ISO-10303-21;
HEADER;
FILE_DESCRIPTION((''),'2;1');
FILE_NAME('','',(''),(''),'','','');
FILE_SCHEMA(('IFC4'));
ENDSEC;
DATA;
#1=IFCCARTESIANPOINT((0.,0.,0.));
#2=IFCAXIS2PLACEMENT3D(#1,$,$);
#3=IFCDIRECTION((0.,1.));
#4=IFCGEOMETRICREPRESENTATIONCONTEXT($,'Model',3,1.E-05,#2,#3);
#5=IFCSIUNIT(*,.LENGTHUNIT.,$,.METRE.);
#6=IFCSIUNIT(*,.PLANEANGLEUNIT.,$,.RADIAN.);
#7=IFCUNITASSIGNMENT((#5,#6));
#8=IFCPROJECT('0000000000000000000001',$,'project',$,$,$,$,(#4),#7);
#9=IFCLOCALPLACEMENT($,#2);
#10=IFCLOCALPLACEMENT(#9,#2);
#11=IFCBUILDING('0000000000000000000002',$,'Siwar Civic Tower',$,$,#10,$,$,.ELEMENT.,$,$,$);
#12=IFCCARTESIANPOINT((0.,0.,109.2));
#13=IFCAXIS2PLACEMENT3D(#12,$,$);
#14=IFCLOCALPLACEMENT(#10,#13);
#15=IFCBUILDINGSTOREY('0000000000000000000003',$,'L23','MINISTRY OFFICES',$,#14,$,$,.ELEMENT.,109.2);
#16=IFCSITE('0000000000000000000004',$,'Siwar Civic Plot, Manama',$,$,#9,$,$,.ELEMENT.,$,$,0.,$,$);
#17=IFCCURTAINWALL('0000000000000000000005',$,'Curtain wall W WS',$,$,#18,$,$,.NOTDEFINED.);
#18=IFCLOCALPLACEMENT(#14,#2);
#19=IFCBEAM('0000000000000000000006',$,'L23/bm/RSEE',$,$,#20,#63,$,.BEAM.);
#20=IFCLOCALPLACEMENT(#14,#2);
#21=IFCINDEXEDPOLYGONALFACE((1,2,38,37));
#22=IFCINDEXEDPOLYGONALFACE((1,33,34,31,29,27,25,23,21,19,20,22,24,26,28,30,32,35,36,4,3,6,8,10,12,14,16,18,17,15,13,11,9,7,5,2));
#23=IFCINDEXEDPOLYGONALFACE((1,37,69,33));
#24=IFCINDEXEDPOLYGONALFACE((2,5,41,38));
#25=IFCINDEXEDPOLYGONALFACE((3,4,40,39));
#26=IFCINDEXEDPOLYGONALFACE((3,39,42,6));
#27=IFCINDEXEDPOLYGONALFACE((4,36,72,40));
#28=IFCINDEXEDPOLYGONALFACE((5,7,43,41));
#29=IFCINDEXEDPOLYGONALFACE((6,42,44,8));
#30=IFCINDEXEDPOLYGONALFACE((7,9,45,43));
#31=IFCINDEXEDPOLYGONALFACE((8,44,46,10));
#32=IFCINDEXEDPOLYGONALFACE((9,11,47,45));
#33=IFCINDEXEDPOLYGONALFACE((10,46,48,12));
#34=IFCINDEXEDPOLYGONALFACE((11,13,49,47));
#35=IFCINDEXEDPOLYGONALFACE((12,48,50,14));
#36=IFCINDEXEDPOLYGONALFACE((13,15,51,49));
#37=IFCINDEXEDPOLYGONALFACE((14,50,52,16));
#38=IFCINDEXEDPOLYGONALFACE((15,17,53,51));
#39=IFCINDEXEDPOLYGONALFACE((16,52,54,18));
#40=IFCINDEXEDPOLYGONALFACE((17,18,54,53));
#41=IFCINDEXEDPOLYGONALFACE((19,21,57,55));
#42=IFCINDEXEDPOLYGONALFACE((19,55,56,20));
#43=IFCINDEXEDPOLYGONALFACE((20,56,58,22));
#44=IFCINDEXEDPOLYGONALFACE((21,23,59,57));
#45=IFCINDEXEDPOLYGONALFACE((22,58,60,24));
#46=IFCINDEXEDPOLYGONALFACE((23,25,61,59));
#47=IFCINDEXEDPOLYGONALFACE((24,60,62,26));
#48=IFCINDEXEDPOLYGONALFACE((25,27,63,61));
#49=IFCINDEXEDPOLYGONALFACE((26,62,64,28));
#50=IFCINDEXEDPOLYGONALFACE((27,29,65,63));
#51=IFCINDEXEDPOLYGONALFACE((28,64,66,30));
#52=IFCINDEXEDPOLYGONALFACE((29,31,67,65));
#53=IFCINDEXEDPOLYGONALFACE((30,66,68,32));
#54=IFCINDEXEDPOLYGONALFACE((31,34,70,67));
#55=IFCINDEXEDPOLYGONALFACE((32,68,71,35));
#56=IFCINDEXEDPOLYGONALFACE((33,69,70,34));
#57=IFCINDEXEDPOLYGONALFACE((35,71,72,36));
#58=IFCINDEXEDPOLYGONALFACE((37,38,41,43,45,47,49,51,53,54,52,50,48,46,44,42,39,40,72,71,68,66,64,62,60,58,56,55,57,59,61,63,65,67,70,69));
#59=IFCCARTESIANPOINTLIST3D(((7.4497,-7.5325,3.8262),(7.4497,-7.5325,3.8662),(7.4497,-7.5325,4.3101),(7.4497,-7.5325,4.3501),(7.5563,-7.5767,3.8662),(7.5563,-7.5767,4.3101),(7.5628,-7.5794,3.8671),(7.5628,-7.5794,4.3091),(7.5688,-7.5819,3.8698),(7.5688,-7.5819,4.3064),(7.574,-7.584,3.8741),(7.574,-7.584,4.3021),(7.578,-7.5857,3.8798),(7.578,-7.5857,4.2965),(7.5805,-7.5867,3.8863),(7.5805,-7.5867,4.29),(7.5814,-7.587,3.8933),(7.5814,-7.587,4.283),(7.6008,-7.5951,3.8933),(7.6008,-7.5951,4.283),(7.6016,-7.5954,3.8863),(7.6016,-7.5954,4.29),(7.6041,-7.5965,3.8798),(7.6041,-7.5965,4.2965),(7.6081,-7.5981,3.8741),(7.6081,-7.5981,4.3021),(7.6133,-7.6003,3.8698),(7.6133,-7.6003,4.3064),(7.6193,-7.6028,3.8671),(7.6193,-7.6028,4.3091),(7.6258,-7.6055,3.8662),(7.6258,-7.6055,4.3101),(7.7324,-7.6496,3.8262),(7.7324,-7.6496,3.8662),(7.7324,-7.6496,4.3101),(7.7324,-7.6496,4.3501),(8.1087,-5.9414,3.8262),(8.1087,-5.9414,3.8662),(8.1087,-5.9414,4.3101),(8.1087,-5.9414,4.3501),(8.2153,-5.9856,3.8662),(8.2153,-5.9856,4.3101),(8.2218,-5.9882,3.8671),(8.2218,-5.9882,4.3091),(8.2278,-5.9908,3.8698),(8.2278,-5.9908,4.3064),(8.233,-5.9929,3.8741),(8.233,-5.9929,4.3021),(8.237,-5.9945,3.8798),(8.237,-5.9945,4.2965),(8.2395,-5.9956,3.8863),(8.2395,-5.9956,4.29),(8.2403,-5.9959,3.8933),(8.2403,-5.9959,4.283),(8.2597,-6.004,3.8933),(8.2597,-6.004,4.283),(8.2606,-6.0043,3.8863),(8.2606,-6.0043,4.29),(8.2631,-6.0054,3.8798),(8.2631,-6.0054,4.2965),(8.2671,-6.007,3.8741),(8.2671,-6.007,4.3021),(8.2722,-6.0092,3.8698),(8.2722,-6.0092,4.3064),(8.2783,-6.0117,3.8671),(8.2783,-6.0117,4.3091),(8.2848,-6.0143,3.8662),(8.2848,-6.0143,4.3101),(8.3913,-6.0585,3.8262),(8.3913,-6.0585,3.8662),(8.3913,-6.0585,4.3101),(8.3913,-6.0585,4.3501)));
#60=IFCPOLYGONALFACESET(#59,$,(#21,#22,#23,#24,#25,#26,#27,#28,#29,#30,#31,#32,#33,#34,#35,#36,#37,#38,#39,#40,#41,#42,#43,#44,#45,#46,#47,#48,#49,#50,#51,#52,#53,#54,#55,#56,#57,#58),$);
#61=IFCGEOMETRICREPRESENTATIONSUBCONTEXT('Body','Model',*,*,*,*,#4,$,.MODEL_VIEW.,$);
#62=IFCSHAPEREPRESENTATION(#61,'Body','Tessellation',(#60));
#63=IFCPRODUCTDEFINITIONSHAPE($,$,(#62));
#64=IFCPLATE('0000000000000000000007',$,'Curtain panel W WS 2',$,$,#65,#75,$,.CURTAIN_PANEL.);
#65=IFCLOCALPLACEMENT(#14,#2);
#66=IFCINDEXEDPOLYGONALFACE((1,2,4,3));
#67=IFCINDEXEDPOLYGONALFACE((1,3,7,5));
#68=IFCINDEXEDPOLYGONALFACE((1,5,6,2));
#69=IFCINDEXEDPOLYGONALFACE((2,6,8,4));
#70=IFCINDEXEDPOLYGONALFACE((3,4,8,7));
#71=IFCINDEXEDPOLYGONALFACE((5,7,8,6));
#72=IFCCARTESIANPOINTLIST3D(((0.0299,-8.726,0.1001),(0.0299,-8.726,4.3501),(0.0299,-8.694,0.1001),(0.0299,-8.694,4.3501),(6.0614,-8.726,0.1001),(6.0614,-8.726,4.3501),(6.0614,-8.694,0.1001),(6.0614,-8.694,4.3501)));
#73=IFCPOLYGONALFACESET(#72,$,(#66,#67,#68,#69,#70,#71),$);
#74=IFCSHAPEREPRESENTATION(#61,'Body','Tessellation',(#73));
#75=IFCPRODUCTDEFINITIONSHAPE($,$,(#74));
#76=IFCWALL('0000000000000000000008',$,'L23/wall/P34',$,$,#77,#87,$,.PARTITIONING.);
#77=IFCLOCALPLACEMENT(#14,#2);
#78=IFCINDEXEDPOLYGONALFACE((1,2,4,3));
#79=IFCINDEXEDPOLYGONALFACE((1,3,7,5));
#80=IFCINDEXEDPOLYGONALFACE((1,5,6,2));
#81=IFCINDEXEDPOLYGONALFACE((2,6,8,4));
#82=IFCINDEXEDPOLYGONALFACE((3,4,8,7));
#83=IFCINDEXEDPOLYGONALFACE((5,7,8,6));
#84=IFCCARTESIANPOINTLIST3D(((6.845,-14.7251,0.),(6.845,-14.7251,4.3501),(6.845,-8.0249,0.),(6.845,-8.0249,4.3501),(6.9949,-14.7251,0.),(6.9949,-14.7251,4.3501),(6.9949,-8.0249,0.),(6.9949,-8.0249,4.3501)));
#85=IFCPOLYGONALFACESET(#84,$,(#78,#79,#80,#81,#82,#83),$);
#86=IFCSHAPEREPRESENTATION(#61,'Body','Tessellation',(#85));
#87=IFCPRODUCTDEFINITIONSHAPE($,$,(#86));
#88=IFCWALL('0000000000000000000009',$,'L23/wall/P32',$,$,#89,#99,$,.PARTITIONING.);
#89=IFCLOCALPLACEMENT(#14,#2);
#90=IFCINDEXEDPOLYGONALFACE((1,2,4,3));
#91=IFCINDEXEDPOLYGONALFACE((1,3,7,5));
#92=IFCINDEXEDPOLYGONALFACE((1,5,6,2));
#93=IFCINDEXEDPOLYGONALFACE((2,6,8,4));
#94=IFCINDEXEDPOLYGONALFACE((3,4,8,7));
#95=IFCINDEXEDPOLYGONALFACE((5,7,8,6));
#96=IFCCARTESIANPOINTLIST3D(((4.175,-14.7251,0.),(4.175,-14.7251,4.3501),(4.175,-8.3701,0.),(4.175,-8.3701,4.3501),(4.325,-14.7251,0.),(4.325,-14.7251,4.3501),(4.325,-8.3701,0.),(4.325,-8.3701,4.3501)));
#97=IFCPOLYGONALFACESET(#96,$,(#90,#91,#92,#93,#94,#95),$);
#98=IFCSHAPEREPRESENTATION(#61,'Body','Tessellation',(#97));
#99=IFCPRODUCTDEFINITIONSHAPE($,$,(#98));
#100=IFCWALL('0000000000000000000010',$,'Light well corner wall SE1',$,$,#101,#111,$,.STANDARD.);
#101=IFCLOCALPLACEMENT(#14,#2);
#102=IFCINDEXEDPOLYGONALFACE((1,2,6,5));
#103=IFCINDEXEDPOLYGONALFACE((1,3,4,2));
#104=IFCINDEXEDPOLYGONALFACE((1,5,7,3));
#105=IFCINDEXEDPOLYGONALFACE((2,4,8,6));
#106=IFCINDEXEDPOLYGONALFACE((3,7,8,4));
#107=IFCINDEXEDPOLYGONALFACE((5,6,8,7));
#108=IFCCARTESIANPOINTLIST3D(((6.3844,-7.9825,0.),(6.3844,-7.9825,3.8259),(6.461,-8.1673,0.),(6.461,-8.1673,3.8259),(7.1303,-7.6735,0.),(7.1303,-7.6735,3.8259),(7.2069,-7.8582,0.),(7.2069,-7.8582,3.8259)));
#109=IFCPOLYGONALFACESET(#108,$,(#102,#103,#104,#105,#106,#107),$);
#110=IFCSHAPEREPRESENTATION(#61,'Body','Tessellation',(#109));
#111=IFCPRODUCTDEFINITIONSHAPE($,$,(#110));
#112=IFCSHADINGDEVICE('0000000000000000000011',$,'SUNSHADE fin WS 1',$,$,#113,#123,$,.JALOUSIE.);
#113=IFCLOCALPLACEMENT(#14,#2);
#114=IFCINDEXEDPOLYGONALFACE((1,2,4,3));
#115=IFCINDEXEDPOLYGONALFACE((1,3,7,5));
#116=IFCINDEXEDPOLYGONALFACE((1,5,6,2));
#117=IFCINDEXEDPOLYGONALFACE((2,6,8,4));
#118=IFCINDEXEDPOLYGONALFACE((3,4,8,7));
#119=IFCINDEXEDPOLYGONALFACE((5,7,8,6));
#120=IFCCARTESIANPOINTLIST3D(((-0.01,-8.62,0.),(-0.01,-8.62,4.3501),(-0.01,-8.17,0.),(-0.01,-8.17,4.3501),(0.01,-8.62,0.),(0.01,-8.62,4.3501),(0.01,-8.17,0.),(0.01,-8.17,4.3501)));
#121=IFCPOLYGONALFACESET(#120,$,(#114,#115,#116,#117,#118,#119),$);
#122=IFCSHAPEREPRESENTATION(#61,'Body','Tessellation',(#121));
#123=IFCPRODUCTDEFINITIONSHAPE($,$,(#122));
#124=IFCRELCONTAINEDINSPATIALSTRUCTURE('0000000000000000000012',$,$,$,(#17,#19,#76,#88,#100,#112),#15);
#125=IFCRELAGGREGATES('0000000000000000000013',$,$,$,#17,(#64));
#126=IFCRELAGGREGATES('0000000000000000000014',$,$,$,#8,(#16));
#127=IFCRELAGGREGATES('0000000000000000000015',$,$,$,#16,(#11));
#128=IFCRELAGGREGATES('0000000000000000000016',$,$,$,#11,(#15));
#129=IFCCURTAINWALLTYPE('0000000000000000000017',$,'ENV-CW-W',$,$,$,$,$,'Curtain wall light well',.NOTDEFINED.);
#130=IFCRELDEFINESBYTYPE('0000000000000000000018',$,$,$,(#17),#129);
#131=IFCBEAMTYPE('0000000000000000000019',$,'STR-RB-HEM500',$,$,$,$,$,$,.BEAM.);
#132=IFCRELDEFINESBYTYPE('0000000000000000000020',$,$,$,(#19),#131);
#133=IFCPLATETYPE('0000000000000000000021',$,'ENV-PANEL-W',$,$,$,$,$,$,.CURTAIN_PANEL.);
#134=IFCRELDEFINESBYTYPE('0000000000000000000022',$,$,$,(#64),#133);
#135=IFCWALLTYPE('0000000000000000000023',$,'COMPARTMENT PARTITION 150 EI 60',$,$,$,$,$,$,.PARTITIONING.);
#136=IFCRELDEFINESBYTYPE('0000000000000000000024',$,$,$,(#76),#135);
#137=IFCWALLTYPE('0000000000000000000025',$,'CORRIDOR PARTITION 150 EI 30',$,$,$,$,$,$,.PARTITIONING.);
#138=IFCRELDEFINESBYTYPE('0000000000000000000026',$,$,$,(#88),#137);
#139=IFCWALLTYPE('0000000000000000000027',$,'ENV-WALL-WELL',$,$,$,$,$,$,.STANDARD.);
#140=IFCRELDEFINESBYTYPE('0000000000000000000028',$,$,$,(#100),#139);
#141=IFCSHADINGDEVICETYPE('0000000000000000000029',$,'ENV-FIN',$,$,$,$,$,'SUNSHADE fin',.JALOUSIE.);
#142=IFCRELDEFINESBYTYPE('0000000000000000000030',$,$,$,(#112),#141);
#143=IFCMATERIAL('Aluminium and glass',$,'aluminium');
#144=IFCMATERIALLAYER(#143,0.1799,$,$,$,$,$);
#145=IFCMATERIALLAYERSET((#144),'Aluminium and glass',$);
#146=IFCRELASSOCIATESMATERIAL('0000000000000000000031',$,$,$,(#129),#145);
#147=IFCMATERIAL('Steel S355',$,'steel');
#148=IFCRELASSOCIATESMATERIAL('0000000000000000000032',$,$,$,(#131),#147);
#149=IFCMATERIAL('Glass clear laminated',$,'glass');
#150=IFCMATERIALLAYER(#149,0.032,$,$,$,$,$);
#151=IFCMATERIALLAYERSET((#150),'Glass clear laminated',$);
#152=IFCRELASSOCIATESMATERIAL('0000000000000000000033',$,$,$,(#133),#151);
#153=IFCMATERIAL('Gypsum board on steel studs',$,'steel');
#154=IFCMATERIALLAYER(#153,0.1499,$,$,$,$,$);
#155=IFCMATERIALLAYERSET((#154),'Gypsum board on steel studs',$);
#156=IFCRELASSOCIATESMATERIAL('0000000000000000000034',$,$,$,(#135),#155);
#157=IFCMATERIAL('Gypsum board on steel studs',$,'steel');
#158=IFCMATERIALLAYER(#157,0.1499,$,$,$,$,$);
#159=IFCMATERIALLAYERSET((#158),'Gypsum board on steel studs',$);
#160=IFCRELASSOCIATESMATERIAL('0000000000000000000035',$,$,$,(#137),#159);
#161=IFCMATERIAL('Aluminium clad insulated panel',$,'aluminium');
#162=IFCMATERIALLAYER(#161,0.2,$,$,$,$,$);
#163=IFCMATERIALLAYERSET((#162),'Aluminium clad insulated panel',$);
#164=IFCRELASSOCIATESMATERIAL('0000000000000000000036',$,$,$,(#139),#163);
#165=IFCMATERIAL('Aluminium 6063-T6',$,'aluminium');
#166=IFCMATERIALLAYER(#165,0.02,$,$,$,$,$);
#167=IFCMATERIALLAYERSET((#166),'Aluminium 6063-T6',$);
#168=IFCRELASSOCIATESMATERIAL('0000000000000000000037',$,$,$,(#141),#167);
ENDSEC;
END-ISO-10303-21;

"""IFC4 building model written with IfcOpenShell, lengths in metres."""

from ifc_helpers import new_model, si_unit, direction, frame, frame_2d, origin, origin_2d, place, context, subcontext, project, spatial, rectangle, i_section, extrude, material, layer, layer_set, material_profile, profile_set, type_object, element, aggregate, save


model = new_model("IFC4")

# Units and contexts
model_context = context("Model", 3, precision=1e-05, world=origin(), true_north=direction((0.0, 1.0)))
body_context = subcontext(model_context, "Body", "Model", "MODEL_VIEW")
ifc_project = project(units=[si_unit("LENGTHUNIT", "METRE"), si_unit("PLANEANGLEUNIT", "RADIAN")], contexts=[model_context])

# Site, building, storey
site_placement = place(None, origin())
site = spatial("IfcSite", under=ifc_project, at=site_placement, Name="Siwar Civic Plot, Manama", CompositionType="ELEMENT", RefElevation=0.0)
building_placement = place(site_placement, origin())
building = spatial("IfcBuilding", under=site, at=building_placement, Name="Siwar Civic Tower", CompositionType="ELEMENT")
storey_placement = place(building_placement, frame((0.0, 0.0, 109.2)))
storey = spatial("IfcBuildingStorey", under=building, at=storey_placement, Name="L23", Description="MINISTRY OFFICES", CompositionType="ELEMENT", Elevation=109.2)

# Curtain wall
ifc_material_1 = material(Name="Aluminium and glass", Category="aluminium")
ifc_layer_1 = layer(ifc_material_1, 0.1799)
ifc_layer_set_1 = layer_set([ifc_layer_1], Name="Aluminium and glass")
curtain_wall_type = type_object("IfcCurtainWallType", Name="ENV-CW-W", ElementType="Curtain wall light well", PredefinedType="NOTDEFINED", material=ifc_layer_set_1)
curtain_wall_placement = place(storey_placement, origin())
curtain_wall = element("IfcCurtainWall", 1, at=curtain_wall_placement, inside=storey, type_object=curtain_wall_type, Name="Curtain wall W WS", PredefinedType="NOTDEFINED")

# Beam
ifc_material_2 = material(Name="Steel S355", Category="steel")
ifc_material_profile_1 = material_profile(ifc_material_2, i_section(OverallWidth=0.3059, OverallDepth=0.5239, WebThickness=0.021, FlangeThickness=0.04, FilletRadius=0.0271, at=origin_2d()), Name="HEM500")
ifc_profile_set_1 = profile_set([ifc_material_profile_1], Name="Steel S355")
beam_type_1 = type_object("IfcBeamType", Name="STR-RB-HEM500", PredefinedType="BEAM", material=ifc_profile_set_1)
for number, where, z_axis, x_axis, name in (
    (2, (7.5911, -7.5911, 4.0881), (0.382631, 0.923901, 0.0), (-0.923901, 0.382631, 0.0), "L23/bm/RSEE"),
):
    element("IfcBeam", number, at=place(storey_placement, frame(where, z_axis=z_axis, x_axis=x_axis)), inside=storey, type_object=beam_type_1, Name=name, PredefinedType="BEAM", context=body_context, shape_type="SweptSolid", body=[
        extrude(i_section(OverallWidth=0.3059, OverallDepth=0.5239, WebThickness=0.021, FlangeThickness=0.04, FilletRadius=0.0271, at=origin_2d()), origin(), (0.0, 0.0, 1.0), 1.7222),
    ])

# Plate
ifc_material_3 = material(Name="Glass clear laminated", Category="glass")
ifc_layer_2 = layer(ifc_material_3, 0.032)
ifc_layer_set_2 = layer_set([ifc_layer_2], Name="Glass clear laminated")
plate_type = type_object("IfcPlateType", Name="ENV-PANEL-W", PredefinedType="CURTAIN_PANEL", material=ifc_layer_set_2)
plate_placement = place(storey_placement, frame((3.0457, -8.71, 0.1001), z_axis=(0.0, 0.0, 1.0), x_axis=(1.0, 0.0, 0.0)))
plate = element("IfcPlate", 3, at=plate_placement, type_object=plate_type, Name="Curtain panel W WS 2", PredefinedType="CURTAIN_PANEL", context=body_context, shape_type="SweptSolid", body=[
    extrude(rectangle(XDim=6.0315, YDim=0.032, at=origin_2d()), origin(), (0.0, 0.0, 1.0), 4.25),
])
aggregate(curtain_wall, [plate])

# Walls
ifc_material_4 = material(Name="Gypsum board on steel studs", Category="steel")
ifc_layer_3 = layer(ifc_material_4, 0.1499)
ifc_layer_set_3 = layer_set([ifc_layer_3], Name="Gypsum board on steel studs")
wall_type_1 = type_object("IfcWallType", Name="COMPARTMENT PARTITION 150 EI 60", PredefinedType="PARTITIONING", material=ifc_layer_set_3)
wall_1_placement = place(storey_placement, frame((6.9199, -14.7251, 0.0), z_axis=(0.0, 0.0, 1.0), x_axis=(0.0, 1.0, 0.0)))
element("IfcWall", 4, at=wall_1_placement, inside=storey, type_object=wall_type_1, Name="L23/wall/P34", PredefinedType="PARTITIONING", context=body_context, shape_type="SweptSolid", body=[
    extrude(rectangle(XDim=6.7002, YDim=0.1499, at=frame_2d((3.3501, 0.0))), origin(), (0.0, 0.0, 1.0), 4.3501),
])
ifc_material_5 = material(Name="Gypsum board on steel studs", Category="steel")
ifc_layer_4 = layer(ifc_material_5, 0.1499)
ifc_layer_set_4 = layer_set([ifc_layer_4], Name="Gypsum board on steel studs")
wall_type_2 = type_object("IfcWallType", Name="CORRIDOR PARTITION 150 EI 30", PredefinedType="PARTITIONING", material=ifc_layer_set_4)
wall_2_placement = place(storey_placement, frame((4.25, -14.7251, 0.0), z_axis=(0.0, 0.0, 1.0), x_axis=(0.0, 1.0, 0.0)))
element("IfcWall", 5, at=wall_2_placement, inside=storey, type_object=wall_type_2, Name="L23/wall/P32", PredefinedType="PARTITIONING", context=body_context, shape_type="SweptSolid", body=[
    extrude(rectangle(XDim=6.355, YDim=0.1499, at=frame_2d((3.1775, 0.0))), origin(), (0.0, 0.0, 1.0), 4.3501),
])
ifc_material_6 = material(Name="Aluminium clad insulated panel", Category="aluminium")
ifc_layer_5 = layer(ifc_material_6, 0.2)
ifc_layer_set_5 = layer_set([ifc_layer_5], Name="Aluminium clad insulated panel")
wall_type_3 = type_object("IfcWallType", Name="ENV-WALL-WELL", PredefinedType="STANDARD", material=ifc_layer_set_5)
wall_3_placement = place(storey_placement, frame((6.4226, -8.075, 0.0), z_axis=(0.0, 0.0, 1.0), x_axis=(0.923818, 0.382833, 0.0)))
element("IfcWall", 6, at=wall_3_placement, inside=storey, type_object=wall_type_3, Name="Light well corner wall SE1", PredefinedType="STANDARD", context=body_context, shape_type="SweptSolid", body=[
    extrude(rectangle(XDim=0.8074, YDim=0.2, at=frame_2d((0.4038, 0.0))), origin(), (0.0, 0.0, 1.0), 3.8259),
])

# Shading device
ifc_material_7 = material(Name="Aluminium 6063-T6", Category="aluminium")
ifc_layer_6 = layer(ifc_material_7, 0.02)
ifc_layer_set_6 = layer_set([ifc_layer_6], Name="Aluminium 6063-T6")
shading_device_type = type_object("IfcShadingDeviceType", Name="ENV-FIN", ElementType="SUNSHADE fin", PredefinedType="JALOUSIE", material=ifc_layer_set_6)
shading_device_placement = place(storey_placement, frame((0.0, -8.395, 0.0), z_axis=(0.0, 0.0, 1.0), x_axis=(1.0, 0.0, 0.0)))
element("IfcShadingDevice", 7, at=shading_device_placement, inside=storey, type_object=shading_device_type, Name="SUNSHADE fin WS 1", PredefinedType="JALOUSIE", context=body_context, shape_type="SweptSolid", body=[
    extrude(rectangle(XDim=0.02, YDim=0.45, at=origin_2d()), origin(), (0.0, 0.0, 1.0), 4.3501),
])

save(model, "model.ifc")
